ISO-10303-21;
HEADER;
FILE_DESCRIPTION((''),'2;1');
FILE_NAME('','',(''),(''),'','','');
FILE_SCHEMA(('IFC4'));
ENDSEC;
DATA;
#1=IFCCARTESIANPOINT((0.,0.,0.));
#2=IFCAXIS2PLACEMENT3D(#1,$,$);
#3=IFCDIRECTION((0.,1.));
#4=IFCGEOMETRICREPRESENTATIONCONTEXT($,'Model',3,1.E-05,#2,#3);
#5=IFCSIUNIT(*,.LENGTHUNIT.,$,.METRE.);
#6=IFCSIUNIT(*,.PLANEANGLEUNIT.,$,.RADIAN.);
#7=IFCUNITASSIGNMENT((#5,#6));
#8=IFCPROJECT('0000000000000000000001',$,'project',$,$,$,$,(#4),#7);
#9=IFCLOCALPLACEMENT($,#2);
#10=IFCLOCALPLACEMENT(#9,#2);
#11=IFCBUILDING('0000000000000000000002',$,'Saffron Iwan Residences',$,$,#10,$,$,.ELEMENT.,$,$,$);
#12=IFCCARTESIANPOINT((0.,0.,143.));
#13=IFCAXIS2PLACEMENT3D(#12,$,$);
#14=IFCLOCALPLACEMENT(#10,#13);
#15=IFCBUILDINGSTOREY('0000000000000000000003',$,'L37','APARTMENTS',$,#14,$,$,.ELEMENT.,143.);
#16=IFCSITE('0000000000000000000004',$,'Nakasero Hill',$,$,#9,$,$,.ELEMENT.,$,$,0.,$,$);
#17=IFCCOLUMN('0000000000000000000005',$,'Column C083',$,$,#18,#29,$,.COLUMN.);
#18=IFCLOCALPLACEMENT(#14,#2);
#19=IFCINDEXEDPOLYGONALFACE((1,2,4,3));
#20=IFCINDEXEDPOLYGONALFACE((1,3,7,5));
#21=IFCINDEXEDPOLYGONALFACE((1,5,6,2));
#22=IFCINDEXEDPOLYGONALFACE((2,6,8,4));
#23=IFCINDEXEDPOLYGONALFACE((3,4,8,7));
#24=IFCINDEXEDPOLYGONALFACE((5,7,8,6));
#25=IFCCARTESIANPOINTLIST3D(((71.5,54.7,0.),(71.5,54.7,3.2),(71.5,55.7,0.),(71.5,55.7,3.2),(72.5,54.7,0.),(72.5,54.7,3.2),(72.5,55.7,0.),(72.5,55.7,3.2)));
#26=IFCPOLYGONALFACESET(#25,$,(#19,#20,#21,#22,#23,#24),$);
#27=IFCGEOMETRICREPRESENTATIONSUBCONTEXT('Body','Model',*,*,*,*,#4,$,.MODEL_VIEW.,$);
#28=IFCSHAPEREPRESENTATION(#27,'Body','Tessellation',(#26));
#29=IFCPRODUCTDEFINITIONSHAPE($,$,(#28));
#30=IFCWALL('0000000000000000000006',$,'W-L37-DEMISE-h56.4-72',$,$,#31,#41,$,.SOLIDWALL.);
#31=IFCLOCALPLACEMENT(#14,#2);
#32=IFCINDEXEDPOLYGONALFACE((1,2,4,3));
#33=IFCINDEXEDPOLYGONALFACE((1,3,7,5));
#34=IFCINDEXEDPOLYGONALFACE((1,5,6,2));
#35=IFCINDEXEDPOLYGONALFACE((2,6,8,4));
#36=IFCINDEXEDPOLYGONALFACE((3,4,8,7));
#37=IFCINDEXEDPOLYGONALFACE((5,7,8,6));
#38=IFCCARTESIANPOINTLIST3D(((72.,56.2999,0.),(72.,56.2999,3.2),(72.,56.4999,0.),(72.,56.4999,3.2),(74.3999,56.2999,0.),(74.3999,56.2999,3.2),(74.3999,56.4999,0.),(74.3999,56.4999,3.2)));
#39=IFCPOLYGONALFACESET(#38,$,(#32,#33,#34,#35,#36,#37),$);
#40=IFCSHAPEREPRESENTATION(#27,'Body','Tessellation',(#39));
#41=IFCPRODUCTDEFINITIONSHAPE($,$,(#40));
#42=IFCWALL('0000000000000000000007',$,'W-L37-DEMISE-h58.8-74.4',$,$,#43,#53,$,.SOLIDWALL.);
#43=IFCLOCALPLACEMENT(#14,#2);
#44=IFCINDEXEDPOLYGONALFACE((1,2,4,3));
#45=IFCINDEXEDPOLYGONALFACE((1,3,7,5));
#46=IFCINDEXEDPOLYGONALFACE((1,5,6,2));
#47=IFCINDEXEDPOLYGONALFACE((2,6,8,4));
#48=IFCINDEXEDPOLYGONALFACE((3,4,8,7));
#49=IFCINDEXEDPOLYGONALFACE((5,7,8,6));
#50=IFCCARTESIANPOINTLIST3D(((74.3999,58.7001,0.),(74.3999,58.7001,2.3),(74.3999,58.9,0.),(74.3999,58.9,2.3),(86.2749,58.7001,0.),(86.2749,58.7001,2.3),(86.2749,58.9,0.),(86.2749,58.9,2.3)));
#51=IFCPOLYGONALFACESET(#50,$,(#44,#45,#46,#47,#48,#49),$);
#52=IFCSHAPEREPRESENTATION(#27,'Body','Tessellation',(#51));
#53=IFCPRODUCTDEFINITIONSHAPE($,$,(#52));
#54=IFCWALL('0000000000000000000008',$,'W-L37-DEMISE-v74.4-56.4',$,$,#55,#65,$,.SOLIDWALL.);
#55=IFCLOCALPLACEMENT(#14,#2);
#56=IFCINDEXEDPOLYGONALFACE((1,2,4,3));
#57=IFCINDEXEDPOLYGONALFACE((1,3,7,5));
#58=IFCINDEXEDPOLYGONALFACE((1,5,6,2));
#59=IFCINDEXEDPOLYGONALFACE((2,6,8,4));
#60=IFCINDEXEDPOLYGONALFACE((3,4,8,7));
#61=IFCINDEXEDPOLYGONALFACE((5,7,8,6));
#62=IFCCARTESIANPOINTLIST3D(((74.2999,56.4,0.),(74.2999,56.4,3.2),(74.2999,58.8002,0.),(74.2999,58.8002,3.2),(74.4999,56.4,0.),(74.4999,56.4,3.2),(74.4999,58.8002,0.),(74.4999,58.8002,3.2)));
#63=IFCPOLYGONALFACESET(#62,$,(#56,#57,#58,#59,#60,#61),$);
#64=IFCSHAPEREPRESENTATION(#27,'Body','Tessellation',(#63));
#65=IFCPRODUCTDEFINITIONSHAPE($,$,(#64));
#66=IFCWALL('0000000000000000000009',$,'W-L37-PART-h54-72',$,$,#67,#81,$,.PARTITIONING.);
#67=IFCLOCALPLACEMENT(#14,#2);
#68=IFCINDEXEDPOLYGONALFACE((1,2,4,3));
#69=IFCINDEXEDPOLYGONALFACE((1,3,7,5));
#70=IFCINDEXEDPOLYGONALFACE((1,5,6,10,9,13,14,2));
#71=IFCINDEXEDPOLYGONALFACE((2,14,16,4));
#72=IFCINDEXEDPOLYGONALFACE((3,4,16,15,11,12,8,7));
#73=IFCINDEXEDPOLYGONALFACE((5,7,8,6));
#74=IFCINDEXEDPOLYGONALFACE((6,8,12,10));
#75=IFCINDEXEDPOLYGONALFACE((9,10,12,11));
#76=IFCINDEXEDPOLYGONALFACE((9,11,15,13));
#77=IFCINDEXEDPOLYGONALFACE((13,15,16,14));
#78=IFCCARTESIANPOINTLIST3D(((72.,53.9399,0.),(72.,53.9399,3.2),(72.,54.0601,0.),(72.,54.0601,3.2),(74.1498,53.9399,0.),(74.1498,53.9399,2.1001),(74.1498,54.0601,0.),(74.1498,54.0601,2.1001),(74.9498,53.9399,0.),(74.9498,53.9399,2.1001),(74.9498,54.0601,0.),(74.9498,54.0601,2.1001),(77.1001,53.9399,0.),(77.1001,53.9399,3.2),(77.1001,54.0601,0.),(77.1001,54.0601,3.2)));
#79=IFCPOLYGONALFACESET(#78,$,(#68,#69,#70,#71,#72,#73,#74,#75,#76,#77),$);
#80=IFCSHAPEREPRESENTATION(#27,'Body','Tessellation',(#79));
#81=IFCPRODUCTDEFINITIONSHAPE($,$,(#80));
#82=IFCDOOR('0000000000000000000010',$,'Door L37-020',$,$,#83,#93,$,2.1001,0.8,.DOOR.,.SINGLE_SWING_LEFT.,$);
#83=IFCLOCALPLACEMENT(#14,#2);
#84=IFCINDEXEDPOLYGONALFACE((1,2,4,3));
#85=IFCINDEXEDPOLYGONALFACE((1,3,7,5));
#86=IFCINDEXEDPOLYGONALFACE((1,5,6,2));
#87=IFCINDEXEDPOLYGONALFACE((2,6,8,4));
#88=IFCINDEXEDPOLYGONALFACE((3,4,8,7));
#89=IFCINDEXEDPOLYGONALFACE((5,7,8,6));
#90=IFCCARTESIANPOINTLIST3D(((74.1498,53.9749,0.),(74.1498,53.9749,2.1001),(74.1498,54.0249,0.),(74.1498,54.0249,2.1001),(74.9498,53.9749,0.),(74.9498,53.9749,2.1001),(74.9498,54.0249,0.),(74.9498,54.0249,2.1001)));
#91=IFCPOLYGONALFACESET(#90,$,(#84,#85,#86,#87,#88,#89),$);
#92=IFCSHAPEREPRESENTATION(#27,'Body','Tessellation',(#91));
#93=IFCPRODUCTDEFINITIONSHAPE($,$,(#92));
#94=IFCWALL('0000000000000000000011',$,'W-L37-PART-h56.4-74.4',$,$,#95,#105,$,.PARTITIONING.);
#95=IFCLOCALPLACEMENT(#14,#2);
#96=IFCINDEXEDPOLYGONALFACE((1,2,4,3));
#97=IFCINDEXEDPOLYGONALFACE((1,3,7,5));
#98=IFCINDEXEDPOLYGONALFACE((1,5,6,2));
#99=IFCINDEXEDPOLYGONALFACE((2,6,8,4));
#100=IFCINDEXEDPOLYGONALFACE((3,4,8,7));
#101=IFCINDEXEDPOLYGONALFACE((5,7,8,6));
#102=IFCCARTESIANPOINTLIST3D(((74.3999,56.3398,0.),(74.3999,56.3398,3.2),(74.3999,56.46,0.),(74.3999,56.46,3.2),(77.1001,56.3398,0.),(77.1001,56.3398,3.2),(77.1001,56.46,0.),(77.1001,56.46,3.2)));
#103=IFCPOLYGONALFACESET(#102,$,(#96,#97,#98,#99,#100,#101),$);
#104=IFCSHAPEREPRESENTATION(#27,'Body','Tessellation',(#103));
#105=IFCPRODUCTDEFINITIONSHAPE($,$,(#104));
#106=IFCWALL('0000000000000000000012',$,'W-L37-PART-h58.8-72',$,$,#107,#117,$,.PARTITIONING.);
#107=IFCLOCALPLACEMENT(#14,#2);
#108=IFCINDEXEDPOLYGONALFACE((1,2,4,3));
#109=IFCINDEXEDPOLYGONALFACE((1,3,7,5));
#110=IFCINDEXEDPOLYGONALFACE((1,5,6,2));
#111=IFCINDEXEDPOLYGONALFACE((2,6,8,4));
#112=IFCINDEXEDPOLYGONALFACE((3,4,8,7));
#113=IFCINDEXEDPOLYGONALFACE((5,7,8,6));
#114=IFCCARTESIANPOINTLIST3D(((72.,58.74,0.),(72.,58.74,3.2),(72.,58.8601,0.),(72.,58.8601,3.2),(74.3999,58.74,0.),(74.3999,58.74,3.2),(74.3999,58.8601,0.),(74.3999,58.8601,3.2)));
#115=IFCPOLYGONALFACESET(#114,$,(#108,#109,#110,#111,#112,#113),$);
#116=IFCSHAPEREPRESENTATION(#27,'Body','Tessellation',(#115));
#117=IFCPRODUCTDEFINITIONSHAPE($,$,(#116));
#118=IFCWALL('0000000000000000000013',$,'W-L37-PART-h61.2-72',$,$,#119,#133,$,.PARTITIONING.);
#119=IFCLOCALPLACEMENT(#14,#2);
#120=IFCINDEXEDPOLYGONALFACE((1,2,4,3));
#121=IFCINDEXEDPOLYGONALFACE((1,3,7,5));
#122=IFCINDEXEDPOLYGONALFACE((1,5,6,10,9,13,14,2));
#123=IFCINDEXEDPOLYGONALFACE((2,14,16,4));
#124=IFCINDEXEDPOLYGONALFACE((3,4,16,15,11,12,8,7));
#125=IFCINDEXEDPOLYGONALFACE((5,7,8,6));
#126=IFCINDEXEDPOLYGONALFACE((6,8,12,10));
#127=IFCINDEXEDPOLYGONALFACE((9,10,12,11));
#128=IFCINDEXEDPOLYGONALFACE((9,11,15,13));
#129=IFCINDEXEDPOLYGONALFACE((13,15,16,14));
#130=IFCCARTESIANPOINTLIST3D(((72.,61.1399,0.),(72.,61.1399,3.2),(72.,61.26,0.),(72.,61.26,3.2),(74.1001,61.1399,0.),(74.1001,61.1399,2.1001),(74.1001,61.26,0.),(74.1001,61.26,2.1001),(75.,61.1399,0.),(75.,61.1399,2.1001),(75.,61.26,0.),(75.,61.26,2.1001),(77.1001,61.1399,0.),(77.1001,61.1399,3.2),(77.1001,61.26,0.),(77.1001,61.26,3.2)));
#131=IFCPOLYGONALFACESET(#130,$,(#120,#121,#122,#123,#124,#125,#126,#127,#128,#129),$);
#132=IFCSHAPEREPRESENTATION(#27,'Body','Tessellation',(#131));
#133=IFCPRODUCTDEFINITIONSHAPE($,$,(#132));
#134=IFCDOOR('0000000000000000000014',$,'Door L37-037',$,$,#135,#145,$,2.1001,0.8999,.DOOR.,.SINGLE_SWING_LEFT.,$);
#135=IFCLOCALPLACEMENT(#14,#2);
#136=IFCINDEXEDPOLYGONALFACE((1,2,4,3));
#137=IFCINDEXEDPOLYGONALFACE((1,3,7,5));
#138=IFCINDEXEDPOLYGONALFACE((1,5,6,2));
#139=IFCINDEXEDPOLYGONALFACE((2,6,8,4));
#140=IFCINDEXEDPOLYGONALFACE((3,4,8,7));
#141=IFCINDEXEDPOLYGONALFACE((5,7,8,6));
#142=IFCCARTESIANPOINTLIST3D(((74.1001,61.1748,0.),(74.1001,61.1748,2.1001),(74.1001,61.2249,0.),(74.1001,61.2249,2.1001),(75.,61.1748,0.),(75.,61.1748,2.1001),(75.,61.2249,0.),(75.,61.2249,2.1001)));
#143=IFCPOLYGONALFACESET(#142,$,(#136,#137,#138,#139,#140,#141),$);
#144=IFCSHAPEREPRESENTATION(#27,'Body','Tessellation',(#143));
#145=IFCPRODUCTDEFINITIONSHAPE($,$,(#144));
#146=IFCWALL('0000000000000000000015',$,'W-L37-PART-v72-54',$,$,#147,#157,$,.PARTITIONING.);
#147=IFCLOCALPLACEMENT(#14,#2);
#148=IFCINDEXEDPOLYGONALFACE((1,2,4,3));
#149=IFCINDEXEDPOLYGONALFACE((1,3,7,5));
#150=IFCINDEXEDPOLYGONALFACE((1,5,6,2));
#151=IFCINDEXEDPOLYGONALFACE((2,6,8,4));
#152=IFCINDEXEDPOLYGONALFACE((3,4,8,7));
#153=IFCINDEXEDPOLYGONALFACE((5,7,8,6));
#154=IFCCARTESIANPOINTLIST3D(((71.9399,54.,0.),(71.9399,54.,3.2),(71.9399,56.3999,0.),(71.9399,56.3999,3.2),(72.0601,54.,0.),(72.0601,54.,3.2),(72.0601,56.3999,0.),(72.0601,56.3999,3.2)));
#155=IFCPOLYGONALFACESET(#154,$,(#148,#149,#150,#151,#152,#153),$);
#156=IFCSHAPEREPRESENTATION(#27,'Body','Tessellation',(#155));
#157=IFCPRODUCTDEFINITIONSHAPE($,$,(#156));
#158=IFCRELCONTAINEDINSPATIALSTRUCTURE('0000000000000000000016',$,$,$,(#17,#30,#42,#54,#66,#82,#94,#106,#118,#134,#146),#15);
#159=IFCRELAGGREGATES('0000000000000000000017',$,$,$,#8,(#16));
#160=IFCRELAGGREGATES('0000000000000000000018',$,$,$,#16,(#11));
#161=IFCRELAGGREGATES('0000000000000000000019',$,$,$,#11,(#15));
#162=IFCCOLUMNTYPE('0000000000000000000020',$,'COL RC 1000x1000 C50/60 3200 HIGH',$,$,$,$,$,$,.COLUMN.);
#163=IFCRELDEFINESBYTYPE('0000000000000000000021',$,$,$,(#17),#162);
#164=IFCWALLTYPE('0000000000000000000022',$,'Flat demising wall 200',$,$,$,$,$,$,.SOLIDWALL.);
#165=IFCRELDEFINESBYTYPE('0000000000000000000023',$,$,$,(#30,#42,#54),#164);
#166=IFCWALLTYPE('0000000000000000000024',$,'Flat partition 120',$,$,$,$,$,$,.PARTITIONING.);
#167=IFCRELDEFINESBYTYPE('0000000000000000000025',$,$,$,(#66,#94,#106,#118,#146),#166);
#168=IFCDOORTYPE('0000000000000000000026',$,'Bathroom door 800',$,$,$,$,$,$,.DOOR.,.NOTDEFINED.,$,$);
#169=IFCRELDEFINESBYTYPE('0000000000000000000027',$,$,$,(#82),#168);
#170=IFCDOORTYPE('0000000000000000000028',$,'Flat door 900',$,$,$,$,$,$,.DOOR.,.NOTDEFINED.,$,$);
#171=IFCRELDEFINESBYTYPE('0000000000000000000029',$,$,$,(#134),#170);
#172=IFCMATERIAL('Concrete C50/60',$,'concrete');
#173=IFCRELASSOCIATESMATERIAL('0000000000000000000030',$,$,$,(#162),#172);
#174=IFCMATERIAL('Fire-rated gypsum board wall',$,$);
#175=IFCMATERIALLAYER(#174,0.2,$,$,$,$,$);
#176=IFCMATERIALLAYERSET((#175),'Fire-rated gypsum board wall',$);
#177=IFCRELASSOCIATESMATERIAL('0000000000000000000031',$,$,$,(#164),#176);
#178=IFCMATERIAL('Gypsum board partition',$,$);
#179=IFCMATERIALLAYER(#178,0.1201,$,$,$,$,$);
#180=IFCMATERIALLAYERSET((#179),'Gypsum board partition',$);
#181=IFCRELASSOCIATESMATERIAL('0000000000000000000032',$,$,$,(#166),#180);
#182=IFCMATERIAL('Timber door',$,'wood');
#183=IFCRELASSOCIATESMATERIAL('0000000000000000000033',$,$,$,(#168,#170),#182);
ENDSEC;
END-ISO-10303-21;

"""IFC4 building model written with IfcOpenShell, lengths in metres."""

from ifc_helpers import new_model, si_unit, direction, frame, frame_2d, origin, origin_2d, place, context, subcontext, project, spatial, rectangle, extrude, source, transform, mapped, material, layer, layer_set, material_profile, profile_set, type_object, element, fill, save


model = new_model("IFC4")

# Units and contexts
model_context = context("Model", 3, precision=1e-05, world=origin(), true_north=direction((0.0, 1.0)))
body_context = subcontext(model_context, "Body", "Model", "MODEL_VIEW")
ifc_project = project(units=[si_unit("LENGTHUNIT", "METRE"), si_unit("PLANEANGLEUNIT", "RADIAN")], contexts=[model_context])

# Site, building, storey
site_placement = place(None, origin())
site = spatial("IfcSite", under=ifc_project, at=site_placement, Name="Nakasero Hill", CompositionType="ELEMENT", RefElevation=0.0)
building_placement = place(site_placement, origin())
building = spatial("IfcBuilding", under=site, at=building_placement, Name="Saffron Iwan Residences", CompositionType="ELEMENT")
storey_placement = place(building_placement, frame((0.0, 0.0, 143.0)))
storey = spatial("IfcBuildingStorey", under=building, at=storey_placement, Name="L37", Description="APARTMENTS", CompositionType="ELEMENT", Elevation=143.0)

# Column
ifc_material_1 = material(Name="Concrete C50/60", Category="concrete")
ifc_material_profile = material_profile(ifc_material_1, rectangle(XDim=1.0, YDim=1.0, at=origin_2d()), Name="RC 1000x1000")
ifc_profile_set = profile_set([ifc_material_profile], Name="Concrete C50/60")
column_type = type_object("IfcColumnType", Name="COL RC 1000x1000 C50/60 3200 HIGH", PredefinedType="COLUMN", material=ifc_profile_set)
shared_shape = source(origin(), body_context, "Body", "SweptSolid", [
    extrude(rectangle(XDim=1.0, YDim=1.0, at=origin_2d()), origin(), (0.0, 0.0, 1.0), 3.2),
])
column_placement = place(storey_placement, frame((72.0, 55.2, 0.0), z_axis=(0.0, 0.0, 1.0), x_axis=(1.0, 0.0, 0.0)))
element("IfcColumn", 1, at=column_placement, inside=storey, type_object=column_type, Name="Column C083", PredefinedType="COLUMN", context=body_context, shape_type="MappedRepresentation", body=[
    mapped(shared_shape, transform((0.0, 0.0, 0.0))),
])

# Walls
ifc_material_2 = material(Name="Fire-rated gypsum board wall")
ifc_layer_1 = layer(ifc_material_2, 0.2)
ifc_layer_set_1 = layer_set([ifc_layer_1], Name="Fire-rated gypsum board wall")
wall_type_1 = type_object("IfcWallType", Name="Flat demising wall 200", PredefinedType="SOLIDWALL", material=ifc_layer_set_1)
wall_1_placement = place(storey_placement, frame((72.0, 56.3999, 0.0), z_axis=(0.0, 0.0, 1.0), x_axis=(1.0, 0.0, 0.0)))
element("IfcWall", 2, at=wall_1_placement, inside=storey, type_object=wall_type_1, Name="W-L37-DEMISE-h56.4-72", PredefinedType="SOLIDWALL", context=body_context, shape_type="SweptSolid", body=[
    extrude(rectangle(XDim=2.3999, YDim=0.2, at=frame_2d((1.2, 0.0))), origin(), (0.0, 0.0, 1.0), 3.2),
])
wall_2_placement = place(storey_placement, frame((74.3999, 58.8, 0.0), z_axis=(0.0, 0.0, 1.0), x_axis=(1.0, 0.0, 0.0)))
element("IfcWall", 3, at=wall_2_placement, inside=storey, type_object=wall_type_1, Name="W-L37-DEMISE-h58.8-74.4", PredefinedType="SOLIDWALL", context=body_context, shape_type="SweptSolid", body=[
    extrude(rectangle(XDim=11.875, YDim=0.2, at=frame_2d((5.9375, 0.0))), origin(), (0.0, 0.0, 1.0), 2.3),
])
wall_3_placement = place(storey_placement, frame((74.3999, 56.3999, 0.0), z_axis=(0.0, 0.0, 1.0), x_axis=(0.0, 1.0, 0.0)))
element("IfcWall", 4, at=wall_3_placement, inside=storey, type_object=wall_type_1, Name="W-L37-DEMISE-v74.4-56.4", PredefinedType="SOLIDWALL", context=body_context, shape_type="SweptSolid", body=[
    extrude(rectangle(XDim=2.4001, YDim=0.2, at=frame_2d((1.2002, 0.0))), origin(), (0.0, 0.0, 1.0), 3.2),
])

# Wall, opening, door
ifc_material_3 = material(Name="Gypsum board partition")
ifc_layer_2 = layer(ifc_material_3, 0.1201)
ifc_layer_set_2 = layer_set([ifc_layer_2], Name="Gypsum board partition")
wall_type_2 = type_object("IfcWallType", Name="Flat partition 120", PredefinedType="PARTITIONING", material=ifc_layer_set_2)
wall_4_placement = place(storey_placement, frame((72.0, 54.0, 0.0), z_axis=(0.0, 0.0, 1.0), x_axis=(1.0, 0.0, 0.0)))
wall_4 = element("IfcWall", 5, at=wall_4_placement, inside=storey, type_object=wall_type_2, Name="W-L37-PART-h54-72", PredefinedType="PARTITIONING", context=body_context, shape_type="SweptSolid", body=[
    extrude(rectangle(XDim=5.1001, YDim=0.1201, at=frame_2d((2.55, 0.0))), origin(), (0.0, 0.0, 1.0), 3.2),
])
opening_1_placement = place(wall_4_placement, frame((2.1499, 0.0, 0.0)))
opening_1 = element("IfcOpeningElement", 6, at=opening_1_placement, cuts=wall_4, PredefinedType="OPENING", context=body_context, shape_type="SweptSolid", body=[
    extrude(rectangle(XDim=0.8, YDim=2.1001, at=frame_2d((0.3999, 1.05))), frame((0.0, 0.0701, 0.0), z_axis=(0.0, -1.0, 0.0), x_axis=(1.0, 0.0, 0.0)), (0.0, 0.0, 1.0), 0.1401),
])
ifc_material_4 = material(Name="Timber door", Category="wood")
door_type_1 = type_object("IfcDoorType", Name="Bathroom door 800", OperationType="NOTDEFINED", PredefinedType="DOOR", material=ifc_material_4)
door_1_placement = place(opening_1_placement, origin())
door_1 = element("IfcDoor", 7, at=door_1_placement, inside=storey, type_object=door_type_1, Name="Door L37-020", OperationType="SINGLE_SWING_LEFT", OverallHeight=2.1001, OverallWidth=0.8, PredefinedType="DOOR", context=body_context, shape_type="SweptSolid", body=[
    extrude(rectangle(XDim=0.8, YDim=2.1001, at=frame_2d((0.3999, 1.05))), frame((0.0, 0.0249, 0.0), z_axis=(0.0, -1.0, 0.0), x_axis=(1.0, 0.0, 0.0)), (0.0, 0.0, 1.0), 0.05),
])
fill(opening_1, door_1)

# Walls
wall_5_placement = place(storey_placement, frame((74.3999, 56.3999, 0.0), z_axis=(0.0, 0.0, 1.0), x_axis=(1.0, 0.0, 0.0)))
element("IfcWall", 8, at=wall_5_placement, inside=storey, type_object=wall_type_2, Name="W-L37-PART-h56.4-74.4", PredefinedType="PARTITIONING", context=body_context, shape_type="SweptSolid", body=[
    extrude(rectangle(XDim=2.7002, YDim=0.1201, at=frame_2d((1.3501, 0.0))), origin(), (0.0, 0.0, 1.0), 3.2),
])
wall_6_placement = place(storey_placement, frame((72.0, 58.8, 0.0), z_axis=(0.0, 0.0, 1.0), x_axis=(1.0, 0.0, 0.0)))
element("IfcWall", 9, at=wall_6_placement, inside=storey, type_object=wall_type_2, Name="W-L37-PART-h58.8-72", PredefinedType="PARTITIONING", context=body_context, shape_type="SweptSolid", body=[
    extrude(rectangle(XDim=2.3999, YDim=0.1201, at=frame_2d((1.2, 0.0))), origin(), (0.0, 0.0, 1.0), 3.2),
])

# Wall, opening, door
wall_7_placement = place(storey_placement, frame((72.0, 61.2, 0.0), z_axis=(0.0, 0.0, 1.0), x_axis=(1.0, 0.0, 0.0)))
wall_7 = element("IfcWall", 10, at=wall_7_placement, inside=storey, type_object=wall_type_2, Name="W-L37-PART-h61.2-72", PredefinedType="PARTITIONING", context=body_context, shape_type="SweptSolid", body=[
    extrude(rectangle(XDim=5.1001, YDim=0.1201, at=frame_2d((2.55, 0.0))), origin(), (0.0, 0.0, 1.0), 3.2),
])
opening_2_placement = place(wall_7_placement, frame((2.1001, 0.0, 0.0)))
opening_2 = element("IfcOpeningElement", 11, at=opening_2_placement, cuts=wall_7, PredefinedType="OPENING", context=body_context, shape_type="SweptSolid", body=[
    extrude(rectangle(XDim=0.8999, YDim=2.1001, at=frame_2d((0.45, 1.05))), frame((0.0, 0.0701, 0.0), z_axis=(0.0, -1.0, 0.0), x_axis=(1.0, 0.0, 0.0)), (0.0, 0.0, 1.0), 0.1401),
])
door_type_2 = type_object("IfcDoorType", Name="Flat door 900", OperationType="NOTDEFINED", PredefinedType="DOOR", material=ifc_material_4)
door_2_placement = place(opening_2_placement, origin())
door_2 = element("IfcDoor", 12, at=door_2_placement, inside=storey, type_object=door_type_2, Name="Door L37-037", OperationType="SINGLE_SWING_LEFT", OverallHeight=2.1001, OverallWidth=0.8999, PredefinedType="DOOR", context=body_context, shape_type="SweptSolid", body=[
    extrude(rectangle(XDim=0.8999, YDim=2.1001, at=frame_2d((0.45, 1.05))), frame((0.0, 0.0249, 0.0), z_axis=(0.0, -1.0, 0.0), x_axis=(1.0, 0.0, 0.0)), (0.0, 0.0, 1.0), 0.05),
])
fill(opening_2, door_2)

# Wall
wall_8_placement = place(storey_placement, frame((72.0, 54.0, 0.0), z_axis=(0.0, 0.0, 1.0), x_axis=(0.0, 1.0, 0.0)))
element("IfcWall", 13, at=wall_8_placement, inside=storey, type_object=wall_type_2, Name="W-L37-PART-v72-54", PredefinedType="PARTITIONING", context=body_context, shape_type="SweptSolid", body=[
    extrude(rectangle(XDim=2.3999, YDim=0.1201, at=frame_2d((1.2, 0.0))), origin(), (0.0, 0.0, 1.0), 3.2),
])

save(model, "model.ifc")
